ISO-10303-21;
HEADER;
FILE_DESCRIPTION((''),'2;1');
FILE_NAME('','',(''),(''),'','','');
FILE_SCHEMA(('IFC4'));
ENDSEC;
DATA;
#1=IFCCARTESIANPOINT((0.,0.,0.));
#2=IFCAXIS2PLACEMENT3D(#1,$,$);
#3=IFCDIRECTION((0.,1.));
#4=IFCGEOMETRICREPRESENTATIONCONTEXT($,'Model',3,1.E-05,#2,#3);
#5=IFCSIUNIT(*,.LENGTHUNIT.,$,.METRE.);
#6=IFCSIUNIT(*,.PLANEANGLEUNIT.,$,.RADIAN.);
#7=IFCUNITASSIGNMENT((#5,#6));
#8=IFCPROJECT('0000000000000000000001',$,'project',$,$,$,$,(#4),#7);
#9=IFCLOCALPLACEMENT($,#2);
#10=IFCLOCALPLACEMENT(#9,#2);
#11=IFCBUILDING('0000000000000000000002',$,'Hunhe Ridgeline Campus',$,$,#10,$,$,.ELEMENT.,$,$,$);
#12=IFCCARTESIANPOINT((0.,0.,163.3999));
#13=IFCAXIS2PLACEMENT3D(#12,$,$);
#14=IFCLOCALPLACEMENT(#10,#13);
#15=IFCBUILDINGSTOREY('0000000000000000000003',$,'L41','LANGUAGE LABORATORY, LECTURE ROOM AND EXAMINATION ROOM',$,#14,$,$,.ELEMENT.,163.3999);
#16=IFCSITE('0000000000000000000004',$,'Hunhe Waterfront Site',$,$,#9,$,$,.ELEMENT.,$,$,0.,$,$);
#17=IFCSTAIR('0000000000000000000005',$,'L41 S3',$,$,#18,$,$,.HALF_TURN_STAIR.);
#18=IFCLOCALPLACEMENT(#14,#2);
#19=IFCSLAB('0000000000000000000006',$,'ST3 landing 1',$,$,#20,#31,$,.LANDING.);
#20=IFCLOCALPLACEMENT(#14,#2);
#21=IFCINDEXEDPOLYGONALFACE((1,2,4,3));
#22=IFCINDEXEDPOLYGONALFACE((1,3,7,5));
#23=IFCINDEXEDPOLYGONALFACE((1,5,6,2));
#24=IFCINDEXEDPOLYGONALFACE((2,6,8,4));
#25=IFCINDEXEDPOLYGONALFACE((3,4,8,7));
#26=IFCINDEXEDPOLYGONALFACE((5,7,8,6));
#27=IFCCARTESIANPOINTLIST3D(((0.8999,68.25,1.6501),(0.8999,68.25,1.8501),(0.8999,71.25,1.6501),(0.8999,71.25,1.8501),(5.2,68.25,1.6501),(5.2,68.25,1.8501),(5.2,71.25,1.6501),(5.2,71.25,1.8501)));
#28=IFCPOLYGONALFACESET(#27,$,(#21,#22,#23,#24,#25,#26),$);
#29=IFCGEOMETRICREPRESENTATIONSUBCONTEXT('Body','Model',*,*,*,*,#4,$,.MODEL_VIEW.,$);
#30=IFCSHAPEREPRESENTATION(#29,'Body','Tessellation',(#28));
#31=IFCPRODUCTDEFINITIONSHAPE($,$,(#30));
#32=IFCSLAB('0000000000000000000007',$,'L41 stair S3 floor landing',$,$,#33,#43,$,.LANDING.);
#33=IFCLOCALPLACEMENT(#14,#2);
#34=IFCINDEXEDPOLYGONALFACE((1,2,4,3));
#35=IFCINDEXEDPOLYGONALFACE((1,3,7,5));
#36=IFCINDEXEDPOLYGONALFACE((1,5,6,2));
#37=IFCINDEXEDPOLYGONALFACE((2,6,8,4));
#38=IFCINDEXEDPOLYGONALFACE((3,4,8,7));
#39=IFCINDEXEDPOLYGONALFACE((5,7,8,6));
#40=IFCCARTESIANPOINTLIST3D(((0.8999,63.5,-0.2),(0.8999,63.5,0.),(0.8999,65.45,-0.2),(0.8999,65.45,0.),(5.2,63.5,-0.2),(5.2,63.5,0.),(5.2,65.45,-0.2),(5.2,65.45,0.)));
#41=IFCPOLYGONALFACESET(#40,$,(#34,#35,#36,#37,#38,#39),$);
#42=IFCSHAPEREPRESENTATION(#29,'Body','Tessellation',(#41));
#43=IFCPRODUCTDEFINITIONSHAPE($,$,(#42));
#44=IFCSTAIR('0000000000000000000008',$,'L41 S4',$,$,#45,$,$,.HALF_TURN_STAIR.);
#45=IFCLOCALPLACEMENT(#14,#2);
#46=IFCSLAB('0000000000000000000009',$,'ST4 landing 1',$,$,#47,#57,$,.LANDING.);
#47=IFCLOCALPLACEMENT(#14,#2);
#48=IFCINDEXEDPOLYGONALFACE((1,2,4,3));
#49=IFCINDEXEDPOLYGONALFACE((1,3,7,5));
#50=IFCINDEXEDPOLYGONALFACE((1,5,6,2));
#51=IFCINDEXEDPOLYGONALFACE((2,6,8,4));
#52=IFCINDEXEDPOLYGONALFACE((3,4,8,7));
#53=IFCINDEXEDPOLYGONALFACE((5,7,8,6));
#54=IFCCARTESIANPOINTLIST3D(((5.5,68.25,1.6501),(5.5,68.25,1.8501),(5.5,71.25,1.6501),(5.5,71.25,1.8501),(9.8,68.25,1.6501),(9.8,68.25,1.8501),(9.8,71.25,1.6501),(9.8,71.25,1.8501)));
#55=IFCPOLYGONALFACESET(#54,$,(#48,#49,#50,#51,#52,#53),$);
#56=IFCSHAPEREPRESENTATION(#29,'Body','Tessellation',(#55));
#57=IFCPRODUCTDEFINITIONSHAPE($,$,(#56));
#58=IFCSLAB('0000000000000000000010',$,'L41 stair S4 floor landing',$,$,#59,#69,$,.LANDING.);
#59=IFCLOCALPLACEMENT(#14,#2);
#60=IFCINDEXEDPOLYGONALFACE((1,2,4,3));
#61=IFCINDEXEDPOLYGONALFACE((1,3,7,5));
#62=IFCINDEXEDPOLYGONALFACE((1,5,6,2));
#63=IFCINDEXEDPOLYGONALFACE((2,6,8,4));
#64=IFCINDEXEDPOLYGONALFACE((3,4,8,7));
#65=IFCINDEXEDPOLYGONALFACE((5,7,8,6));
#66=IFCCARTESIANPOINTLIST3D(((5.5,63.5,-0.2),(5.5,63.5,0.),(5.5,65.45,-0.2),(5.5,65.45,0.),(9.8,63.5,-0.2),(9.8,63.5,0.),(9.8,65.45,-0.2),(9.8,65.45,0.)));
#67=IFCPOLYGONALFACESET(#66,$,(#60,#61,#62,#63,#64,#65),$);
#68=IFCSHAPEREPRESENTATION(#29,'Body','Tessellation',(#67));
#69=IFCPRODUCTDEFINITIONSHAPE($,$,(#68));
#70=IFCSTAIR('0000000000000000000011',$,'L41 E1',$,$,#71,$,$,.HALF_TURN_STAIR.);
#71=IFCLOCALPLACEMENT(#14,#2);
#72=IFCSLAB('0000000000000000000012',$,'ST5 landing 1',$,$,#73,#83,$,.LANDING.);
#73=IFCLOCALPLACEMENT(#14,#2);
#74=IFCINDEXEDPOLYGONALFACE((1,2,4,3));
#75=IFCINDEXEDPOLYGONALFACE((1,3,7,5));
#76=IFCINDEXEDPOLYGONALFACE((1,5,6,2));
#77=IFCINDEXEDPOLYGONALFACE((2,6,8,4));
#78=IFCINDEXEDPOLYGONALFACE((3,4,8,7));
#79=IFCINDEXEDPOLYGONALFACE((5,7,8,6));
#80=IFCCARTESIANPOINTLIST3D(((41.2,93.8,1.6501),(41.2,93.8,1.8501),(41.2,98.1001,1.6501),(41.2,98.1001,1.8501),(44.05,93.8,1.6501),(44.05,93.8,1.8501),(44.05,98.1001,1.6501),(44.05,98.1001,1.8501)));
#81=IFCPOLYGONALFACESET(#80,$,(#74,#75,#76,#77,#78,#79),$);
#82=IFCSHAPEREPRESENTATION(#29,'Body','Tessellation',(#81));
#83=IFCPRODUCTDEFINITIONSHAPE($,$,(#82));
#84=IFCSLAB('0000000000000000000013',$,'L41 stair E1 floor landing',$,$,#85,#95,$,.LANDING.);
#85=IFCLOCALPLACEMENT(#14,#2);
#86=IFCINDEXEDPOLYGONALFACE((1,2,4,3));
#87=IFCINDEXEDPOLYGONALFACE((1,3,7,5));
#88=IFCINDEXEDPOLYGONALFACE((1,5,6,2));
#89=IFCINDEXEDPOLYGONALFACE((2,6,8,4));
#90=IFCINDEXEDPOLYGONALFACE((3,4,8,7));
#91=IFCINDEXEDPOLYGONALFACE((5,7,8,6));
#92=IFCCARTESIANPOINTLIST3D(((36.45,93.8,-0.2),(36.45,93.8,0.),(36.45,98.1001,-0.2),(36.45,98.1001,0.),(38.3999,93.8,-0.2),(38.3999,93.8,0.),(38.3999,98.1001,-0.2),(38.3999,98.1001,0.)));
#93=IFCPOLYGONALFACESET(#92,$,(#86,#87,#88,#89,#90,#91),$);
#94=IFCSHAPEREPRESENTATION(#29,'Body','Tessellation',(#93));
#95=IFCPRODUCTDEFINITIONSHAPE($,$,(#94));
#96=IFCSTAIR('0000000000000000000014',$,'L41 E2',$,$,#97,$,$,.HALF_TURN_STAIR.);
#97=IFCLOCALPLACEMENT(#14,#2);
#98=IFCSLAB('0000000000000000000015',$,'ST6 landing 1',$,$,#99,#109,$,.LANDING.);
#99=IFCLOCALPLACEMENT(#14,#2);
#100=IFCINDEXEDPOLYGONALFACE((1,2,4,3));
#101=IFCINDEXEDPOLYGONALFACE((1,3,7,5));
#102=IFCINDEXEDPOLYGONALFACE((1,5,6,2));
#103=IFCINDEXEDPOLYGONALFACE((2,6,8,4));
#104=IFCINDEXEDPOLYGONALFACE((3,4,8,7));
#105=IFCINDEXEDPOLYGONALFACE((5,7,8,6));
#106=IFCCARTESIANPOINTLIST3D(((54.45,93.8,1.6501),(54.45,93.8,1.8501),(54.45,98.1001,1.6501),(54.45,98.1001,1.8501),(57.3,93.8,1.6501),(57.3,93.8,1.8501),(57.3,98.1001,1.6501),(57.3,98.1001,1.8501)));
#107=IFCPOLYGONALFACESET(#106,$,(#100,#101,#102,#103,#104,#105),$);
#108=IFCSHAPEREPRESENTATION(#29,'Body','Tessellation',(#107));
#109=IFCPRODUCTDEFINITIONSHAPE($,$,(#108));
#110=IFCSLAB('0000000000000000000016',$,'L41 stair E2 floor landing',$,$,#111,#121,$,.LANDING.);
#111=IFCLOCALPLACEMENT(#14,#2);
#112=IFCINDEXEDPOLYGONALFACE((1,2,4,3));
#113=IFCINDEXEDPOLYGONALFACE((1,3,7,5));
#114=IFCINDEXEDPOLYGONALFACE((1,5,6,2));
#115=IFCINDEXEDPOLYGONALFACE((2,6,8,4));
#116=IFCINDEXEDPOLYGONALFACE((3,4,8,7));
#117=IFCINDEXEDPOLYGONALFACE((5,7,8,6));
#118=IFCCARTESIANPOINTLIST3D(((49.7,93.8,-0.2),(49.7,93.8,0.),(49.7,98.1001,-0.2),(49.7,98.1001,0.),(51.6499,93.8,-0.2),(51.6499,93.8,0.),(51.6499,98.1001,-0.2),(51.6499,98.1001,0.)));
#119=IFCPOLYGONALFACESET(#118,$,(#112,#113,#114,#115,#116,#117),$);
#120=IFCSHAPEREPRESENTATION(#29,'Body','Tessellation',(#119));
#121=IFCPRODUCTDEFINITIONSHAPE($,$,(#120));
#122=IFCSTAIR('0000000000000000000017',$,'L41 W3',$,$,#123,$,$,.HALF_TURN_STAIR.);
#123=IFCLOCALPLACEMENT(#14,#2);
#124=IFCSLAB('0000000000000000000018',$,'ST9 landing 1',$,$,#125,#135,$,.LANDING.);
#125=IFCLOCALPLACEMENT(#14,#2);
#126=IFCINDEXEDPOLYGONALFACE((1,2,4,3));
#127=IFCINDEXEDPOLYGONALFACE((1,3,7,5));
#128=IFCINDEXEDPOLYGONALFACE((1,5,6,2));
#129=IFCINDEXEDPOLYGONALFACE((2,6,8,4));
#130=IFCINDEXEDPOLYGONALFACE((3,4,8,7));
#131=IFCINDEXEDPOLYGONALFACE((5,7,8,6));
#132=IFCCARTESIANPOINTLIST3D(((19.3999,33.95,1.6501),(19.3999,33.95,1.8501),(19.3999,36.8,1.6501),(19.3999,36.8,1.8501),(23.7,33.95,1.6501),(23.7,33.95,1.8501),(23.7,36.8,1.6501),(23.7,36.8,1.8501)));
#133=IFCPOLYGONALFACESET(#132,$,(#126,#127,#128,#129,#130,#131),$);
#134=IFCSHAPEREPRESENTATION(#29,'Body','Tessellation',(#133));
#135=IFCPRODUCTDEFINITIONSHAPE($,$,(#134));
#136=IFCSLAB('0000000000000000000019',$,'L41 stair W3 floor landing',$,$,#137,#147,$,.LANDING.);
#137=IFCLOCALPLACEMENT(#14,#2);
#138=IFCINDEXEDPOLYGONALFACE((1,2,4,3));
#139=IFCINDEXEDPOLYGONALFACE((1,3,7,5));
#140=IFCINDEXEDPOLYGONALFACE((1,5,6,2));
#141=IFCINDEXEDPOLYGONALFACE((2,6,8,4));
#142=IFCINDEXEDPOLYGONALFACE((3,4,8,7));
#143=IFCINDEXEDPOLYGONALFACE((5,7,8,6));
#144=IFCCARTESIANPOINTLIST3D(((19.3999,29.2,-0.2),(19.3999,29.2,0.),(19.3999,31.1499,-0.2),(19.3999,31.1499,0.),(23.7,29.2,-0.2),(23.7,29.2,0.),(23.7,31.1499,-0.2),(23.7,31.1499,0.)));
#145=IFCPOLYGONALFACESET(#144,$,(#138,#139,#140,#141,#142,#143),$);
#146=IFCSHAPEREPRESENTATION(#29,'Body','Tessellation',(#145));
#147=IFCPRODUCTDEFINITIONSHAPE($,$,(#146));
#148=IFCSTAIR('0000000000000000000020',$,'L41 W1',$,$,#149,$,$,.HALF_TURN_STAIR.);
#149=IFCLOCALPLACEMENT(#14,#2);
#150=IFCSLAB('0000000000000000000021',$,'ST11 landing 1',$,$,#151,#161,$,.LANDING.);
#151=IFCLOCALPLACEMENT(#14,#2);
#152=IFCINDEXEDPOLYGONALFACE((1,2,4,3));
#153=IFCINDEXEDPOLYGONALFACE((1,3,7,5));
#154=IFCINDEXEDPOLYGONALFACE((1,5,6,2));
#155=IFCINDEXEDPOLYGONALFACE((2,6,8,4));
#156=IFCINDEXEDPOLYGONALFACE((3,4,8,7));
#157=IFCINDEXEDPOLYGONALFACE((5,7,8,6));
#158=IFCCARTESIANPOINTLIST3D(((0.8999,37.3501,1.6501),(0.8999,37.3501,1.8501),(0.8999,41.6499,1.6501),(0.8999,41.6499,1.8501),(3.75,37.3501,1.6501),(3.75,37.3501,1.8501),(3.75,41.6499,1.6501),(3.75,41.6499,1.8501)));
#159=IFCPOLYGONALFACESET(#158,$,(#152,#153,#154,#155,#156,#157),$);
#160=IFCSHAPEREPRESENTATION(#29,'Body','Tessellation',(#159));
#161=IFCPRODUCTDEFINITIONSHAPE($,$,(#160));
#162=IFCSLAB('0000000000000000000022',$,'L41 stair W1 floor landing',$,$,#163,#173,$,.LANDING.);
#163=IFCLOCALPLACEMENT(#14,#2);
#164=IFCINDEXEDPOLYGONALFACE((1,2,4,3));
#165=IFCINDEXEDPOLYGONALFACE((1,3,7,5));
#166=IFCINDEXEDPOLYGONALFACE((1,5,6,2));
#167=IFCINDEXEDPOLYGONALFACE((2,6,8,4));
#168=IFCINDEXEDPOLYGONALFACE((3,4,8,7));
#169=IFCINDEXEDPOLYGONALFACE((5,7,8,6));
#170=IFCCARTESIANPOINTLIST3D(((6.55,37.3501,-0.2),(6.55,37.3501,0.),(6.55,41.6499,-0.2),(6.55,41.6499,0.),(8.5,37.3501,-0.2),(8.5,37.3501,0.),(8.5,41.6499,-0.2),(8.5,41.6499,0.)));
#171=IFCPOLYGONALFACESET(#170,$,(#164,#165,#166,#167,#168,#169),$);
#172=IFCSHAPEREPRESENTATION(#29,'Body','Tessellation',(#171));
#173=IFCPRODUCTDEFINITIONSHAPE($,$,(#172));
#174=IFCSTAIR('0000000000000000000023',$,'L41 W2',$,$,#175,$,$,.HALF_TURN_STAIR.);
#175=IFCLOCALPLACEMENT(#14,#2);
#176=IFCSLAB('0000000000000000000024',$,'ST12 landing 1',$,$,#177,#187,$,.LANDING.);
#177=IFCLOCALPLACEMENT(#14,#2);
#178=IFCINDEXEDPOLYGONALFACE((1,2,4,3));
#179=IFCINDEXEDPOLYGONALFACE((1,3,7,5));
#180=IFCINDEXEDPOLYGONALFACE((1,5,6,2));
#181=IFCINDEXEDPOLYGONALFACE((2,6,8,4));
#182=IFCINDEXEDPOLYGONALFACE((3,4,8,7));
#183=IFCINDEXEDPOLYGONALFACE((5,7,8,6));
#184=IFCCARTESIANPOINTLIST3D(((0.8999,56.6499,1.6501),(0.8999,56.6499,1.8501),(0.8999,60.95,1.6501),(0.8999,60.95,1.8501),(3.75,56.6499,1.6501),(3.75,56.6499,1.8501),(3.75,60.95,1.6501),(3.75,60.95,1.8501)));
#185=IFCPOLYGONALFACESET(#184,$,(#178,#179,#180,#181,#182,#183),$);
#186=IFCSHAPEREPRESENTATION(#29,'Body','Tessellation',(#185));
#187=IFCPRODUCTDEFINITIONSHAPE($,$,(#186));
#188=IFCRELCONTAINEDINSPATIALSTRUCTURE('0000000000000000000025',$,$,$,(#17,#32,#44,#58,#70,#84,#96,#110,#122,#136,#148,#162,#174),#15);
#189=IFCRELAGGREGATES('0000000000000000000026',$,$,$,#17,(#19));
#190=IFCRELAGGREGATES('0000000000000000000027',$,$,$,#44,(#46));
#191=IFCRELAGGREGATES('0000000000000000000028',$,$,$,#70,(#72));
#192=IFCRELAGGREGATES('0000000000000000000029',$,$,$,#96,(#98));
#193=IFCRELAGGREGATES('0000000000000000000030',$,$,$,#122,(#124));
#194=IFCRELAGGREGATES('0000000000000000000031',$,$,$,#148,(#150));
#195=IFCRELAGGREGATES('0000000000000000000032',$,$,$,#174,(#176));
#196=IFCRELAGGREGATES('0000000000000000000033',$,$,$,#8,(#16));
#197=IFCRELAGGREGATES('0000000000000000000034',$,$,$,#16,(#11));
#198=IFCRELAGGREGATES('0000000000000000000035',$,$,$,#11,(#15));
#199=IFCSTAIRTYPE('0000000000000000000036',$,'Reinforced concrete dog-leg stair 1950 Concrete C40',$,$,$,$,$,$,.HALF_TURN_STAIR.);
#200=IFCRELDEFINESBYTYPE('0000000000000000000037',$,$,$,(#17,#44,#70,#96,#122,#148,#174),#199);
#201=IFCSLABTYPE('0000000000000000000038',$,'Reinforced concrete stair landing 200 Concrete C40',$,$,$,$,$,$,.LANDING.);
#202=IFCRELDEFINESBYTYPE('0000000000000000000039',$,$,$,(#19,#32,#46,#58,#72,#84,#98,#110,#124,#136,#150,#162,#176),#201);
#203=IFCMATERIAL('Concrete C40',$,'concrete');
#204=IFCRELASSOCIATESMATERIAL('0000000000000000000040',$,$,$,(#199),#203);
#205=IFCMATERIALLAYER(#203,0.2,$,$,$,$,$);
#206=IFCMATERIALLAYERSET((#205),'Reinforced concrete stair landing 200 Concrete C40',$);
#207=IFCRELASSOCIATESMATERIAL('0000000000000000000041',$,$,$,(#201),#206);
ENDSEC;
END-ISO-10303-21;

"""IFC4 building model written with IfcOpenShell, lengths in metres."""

from ifc_helpers import new_model, si_unit, direction, frame, origin, place, context, subcontext, project, spatial, polyline, outline, extrude, material, layer, layer_set, type_object, element, aggregate, save


model = new_model("IFC4")

# Units and contexts
model_context = context("Model", 3, precision=1e-05, world=origin(), true_north=direction((0.0, 1.0)))
body_context = subcontext(model_context, "Body", "Model", "MODEL_VIEW")
ifc_project = project(units=[si_unit("LENGTHUNIT", "METRE"), si_unit("PLANEANGLEUNIT", "RADIAN")], contexts=[model_context])

# Site, building, storey
site_placement = place(None, origin())
site = spatial("IfcSite", under=ifc_project, at=site_placement, Name="Hunhe Waterfront Site", CompositionType="ELEMENT", RefElevation=0.0)
building_placement = place(site_placement, origin())
building = spatial("IfcBuilding", under=site, at=building_placement, Name="Hunhe Ridgeline Campus", CompositionType="ELEMENT")
storey_placement = place(building_placement, frame((0.0, 0.0, 163.3999)))
storey = spatial("IfcBuildingStorey", under=building, at=storey_placement, Name="L41", Description="LANGUAGE LABORATORY, LECTURE ROOM AND EXAMINATION ROOM", CompositionType="ELEMENT", Elevation=163.3999)

# Shared definitions
ifc_material_1 = material(Name="Concrete C40", Category="concrete")

# Shared definitions
stair_type = type_object("IfcStairType", Name="Reinforced concrete dog-leg stair 1950 Concrete C40", PredefinedType="HALF_TURN_STAIR", material=ifc_material_1)
ifc_layer_1 = layer(ifc_material_1, 0.2)
ifc_layer_set_1 = layer_set([ifc_layer_1], Name="Reinforced concrete stair landing 200 Concrete C40")
slab_type_1 = type_object("IfcSlabType", Name="Reinforced concrete stair landing 200 Concrete C40", PredefinedType="LANDING", material=ifc_layer_set_1)

# Stair, slab
stair_1_placement = place(storey_placement, origin())
stair_1 = element("IfcStair", 1, at=stair_1_placement, inside=storey, type_object=stair_type, Name="L41 S3", PredefinedType="HALF_TURN_STAIR")
slab_1_placement = place(storey_placement, frame((0.0, 0.0, 1.6501)))
slab_1 = element("IfcSlab", 2, at=slab_1_placement, type_object=slab_type_1, Name="ST3 landing 1", PredefinedType="LANDING", context=body_context, shape_type="SweptSolid", body=[
    extrude(outline(polyline([(5.2, 68.25), (5.2, 71.25), (0.8999, 71.25), (0.8999, 68.25), (5.2, 68.25)])), origin(), (0.0, 0.0, 1.0), 0.2),
])
aggregate(stair_1, [slab_1])

# Slab
slab_2_placement = place(storey_placement, frame((0.0, 0.0, -0.2)))
element("IfcSlab", 3, at=slab_2_placement, inside=storey, type_object=slab_type_1, Name="L41 stair S3 floor landing", PredefinedType="LANDING", context=body_context, shape_type="SweptSolid", body=[
    extrude(outline(polyline([(5.2, 63.5), (5.2, 65.45), (0.8999, 65.45), (0.8999, 63.5), (5.2, 63.5)])), origin(), (0.0, 0.0, 1.0), 0.2),
])

# Stair, slab
stair_2_placement = place(storey_placement, origin())
stair_2 = element("IfcStair", 4, at=stair_2_placement, inside=storey, type_object=stair_type, Name="L41 S4", PredefinedType="HALF_TURN_STAIR")
slab_3_placement = place(storey_placement, frame((0.0, 0.0, 1.6501)))
slab_3 = element("IfcSlab", 5, at=slab_3_placement, type_object=slab_type_1, Name="ST4 landing 1", PredefinedType="LANDING", context=body_context, shape_type="SweptSolid", body=[
    extrude(outline(polyline([(9.8, 68.25), (9.8, 71.25), (5.5, 71.25), (5.5, 68.25), (9.8, 68.25)])), origin(), (0.0, 0.0, 1.0), 0.2),
])
aggregate(stair_2, [slab_3])

# Slab
slab_4_placement = place(storey_placement, frame((0.0, 0.0, -0.2)))
element("IfcSlab", 6, at=slab_4_placement, inside=storey, type_object=slab_type_1, Name="L41 stair S4 floor landing", PredefinedType="LANDING", context=body_context, shape_type="SweptSolid", body=[
    extrude(outline(polyline([(9.8, 63.5), (9.8, 65.45), (5.5, 65.45), (5.5, 63.5), (9.8, 63.5)])), origin(), (0.0, 0.0, 1.0), 0.2),
])

# Stair, slab
stair_3_placement = place(storey_placement, origin())
stair_3 = element("IfcStair", 7, at=stair_3_placement, inside=storey, type_object=stair_type, Name="L41 E1", PredefinedType="HALF_TURN_STAIR")
slab_5_placement = place(storey_placement, frame((0.0, 0.0, 1.6501)))
slab_5 = element("IfcSlab", 8, at=slab_5_placement, type_object=slab_type_1, Name="ST5 landing 1", PredefinedType="LANDING", context=body_context, shape_type="SweptSolid", body=[
    extrude(outline(polyline([(41.2, 93.8), (44.05, 93.8), (44.05, 98.1001), (41.2, 98.1001), (41.2, 93.8)])), origin(), (0.0, 0.0, 1.0), 0.2),
])
aggregate(stair_3, [slab_5])

# Slab
slab_6_placement = place(storey_placement, frame((0.0, 0.0, -0.2)))
element("IfcSlab", 9, at=slab_6_placement, inside=storey, type_object=slab_type_1, Name="L41 stair E1 floor landing", PredefinedType="LANDING", context=body_context, shape_type="SweptSolid", body=[
    extrude(outline(polyline([(36.45, 93.8), (38.3999, 93.8), (38.3999, 98.1001), (36.45, 98.1001), (36.45, 93.8)])), origin(), (0.0, 0.0, 1.0), 0.2),
])

# Stair, slab
stair_4_placement = place(storey_placement, origin())
stair_4 = element("IfcStair", 10, at=stair_4_placement, inside=storey, type_object=stair_type, Name="L41 E2", PredefinedType="HALF_TURN_STAIR")
slab_7_placement = place(storey_placement, frame((0.0, 0.0, 1.6501)))
slab_7 = element("IfcSlab", 11, at=slab_7_placement, type_object=slab_type_1, Name="ST6 landing 1", PredefinedType="LANDING", context=body_context, shape_type="SweptSolid", body=[
    extrude(outline(polyline([(54.45, 93.8), (57.3, 93.8), (57.3, 98.1001), (54.45, 98.1001), (54.45, 93.8)])), origin(), (0.0, 0.0, 1.0), 0.2),
])
aggregate(stair_4, [slab_7])

# Slab
slab_8_placement = place(storey_placement, frame((0.0, 0.0, -0.2)))
element("IfcSlab", 12, at=slab_8_placement, inside=storey, type_object=slab_type_1, Name="L41 stair E2 floor landing", PredefinedType="LANDING", context=body_context, shape_type="SweptSolid", body=[
    extrude(outline(polyline([(49.7, 93.8), (51.6499, 93.8), (51.6499, 98.1001), (49.7, 98.1001), (49.7, 93.8)])), origin(), (0.0, 0.0, 1.0), 0.2),
])

# Stair, slab
stair_5_placement = place(storey_placement, origin())
stair_5 = element("IfcStair", 13, at=stair_5_placement, inside=storey, type_object=stair_type, Name="L41 W3", PredefinedType="HALF_TURN_STAIR")
slab_9_placement = place(storey_placement, frame((0.0, 0.0, 1.6501)))
slab_9 = element("IfcSlab", 14, at=slab_9_placement, type_object=slab_type_1, Name="ST9 landing 1", PredefinedType="LANDING", context=body_context, shape_type="SweptSolid", body=[
    extrude(outline(polyline([(23.7, 33.95), (23.7, 36.8), (19.3999, 36.8), (19.3999, 33.95), (23.7, 33.95)])), origin(), (0.0, 0.0, 1.0), 0.2),
])
aggregate(stair_5, [slab_9])

# Slab
slab_10_placement = place(storey_placement, frame((0.0, 0.0, -0.2)))
element("IfcSlab", 15, at=slab_10_placement, inside=storey, type_object=slab_type_1, Name="L41 stair W3 floor landing", PredefinedType="LANDING", context=body_context, shape_type="SweptSolid", body=[
    extrude(outline(polyline([(23.7, 29.2), (23.7, 31.1499), (19.3999, 31.1499), (19.3999, 29.2), (23.7, 29.2)])), origin(), (0.0, 0.0, 1.0), 0.2),
])

# Stair, slab
stair_6_placement = place(storey_placement, origin())
stair_6 = element("IfcStair", 16, at=stair_6_placement, inside=storey, type_object=stair_type, Name="L41 W1", PredefinedType="HALF_TURN_STAIR")
slab_11_placement = place(storey_placement, frame((0.0, 0.0, 1.6501)))
slab_11 = element("IfcSlab", 17, at=slab_11_placement, type_object=slab_type_1, Name="ST11 landing 1", PredefinedType="LANDING", context=body_context, shape_type="SweptSolid", body=[
    extrude(outline(polyline([(3.75, 41.6499), (0.8999, 41.6499), (0.8999, 37.3501), (3.75, 37.3501), (3.75, 41.6499)])), origin(), (0.0, 0.0, 1.0), 0.2),
])
aggregate(stair_6, [slab_11])

# Slab
slab_12_placement = place(storey_placement, frame((0.0, 0.0, -0.2)))
element("IfcSlab", 18, at=slab_12_placement, inside=storey, type_object=slab_type_1, Name="L41 stair W1 floor landing", PredefinedType="LANDING", context=body_context, shape_type="SweptSolid", body=[
    extrude(outline(polyline([(8.5, 41.6499), (6.55, 41.6499), (6.55, 37.3501), (8.5, 37.3501), (8.5, 41.6499)])), origin(), (0.0, 0.0, 1.0), 0.2),
])

# Stair, slab
stair_7_placement = place(storey_placement, origin())
stair_7 = element("IfcStair", 19, at=stair_7_placement, inside=storey, type_object=stair_type, Name="L41 W2", PredefinedType="HALF_TURN_STAIR")
slab_13_placement = place(storey_placement, frame((0.0, 0.0, 1.6501)))
slab_13 = element("IfcSlab", 20, at=slab_13_placement, type_object=slab_type_1, Name="ST12 landing 1", PredefinedType="LANDING", context=body_context, shape_type="SweptSolid", body=[
    extrude(outline(polyline([(3.75, 60.95), (0.8999, 60.95), (0.8999, 56.6499), (3.75, 56.6499), (3.75, 60.95)])), origin(), (0.0, 0.0, 1.0), 0.2),
])
aggregate(stair_7, [slab_13])

save(model, "model.ifc")
